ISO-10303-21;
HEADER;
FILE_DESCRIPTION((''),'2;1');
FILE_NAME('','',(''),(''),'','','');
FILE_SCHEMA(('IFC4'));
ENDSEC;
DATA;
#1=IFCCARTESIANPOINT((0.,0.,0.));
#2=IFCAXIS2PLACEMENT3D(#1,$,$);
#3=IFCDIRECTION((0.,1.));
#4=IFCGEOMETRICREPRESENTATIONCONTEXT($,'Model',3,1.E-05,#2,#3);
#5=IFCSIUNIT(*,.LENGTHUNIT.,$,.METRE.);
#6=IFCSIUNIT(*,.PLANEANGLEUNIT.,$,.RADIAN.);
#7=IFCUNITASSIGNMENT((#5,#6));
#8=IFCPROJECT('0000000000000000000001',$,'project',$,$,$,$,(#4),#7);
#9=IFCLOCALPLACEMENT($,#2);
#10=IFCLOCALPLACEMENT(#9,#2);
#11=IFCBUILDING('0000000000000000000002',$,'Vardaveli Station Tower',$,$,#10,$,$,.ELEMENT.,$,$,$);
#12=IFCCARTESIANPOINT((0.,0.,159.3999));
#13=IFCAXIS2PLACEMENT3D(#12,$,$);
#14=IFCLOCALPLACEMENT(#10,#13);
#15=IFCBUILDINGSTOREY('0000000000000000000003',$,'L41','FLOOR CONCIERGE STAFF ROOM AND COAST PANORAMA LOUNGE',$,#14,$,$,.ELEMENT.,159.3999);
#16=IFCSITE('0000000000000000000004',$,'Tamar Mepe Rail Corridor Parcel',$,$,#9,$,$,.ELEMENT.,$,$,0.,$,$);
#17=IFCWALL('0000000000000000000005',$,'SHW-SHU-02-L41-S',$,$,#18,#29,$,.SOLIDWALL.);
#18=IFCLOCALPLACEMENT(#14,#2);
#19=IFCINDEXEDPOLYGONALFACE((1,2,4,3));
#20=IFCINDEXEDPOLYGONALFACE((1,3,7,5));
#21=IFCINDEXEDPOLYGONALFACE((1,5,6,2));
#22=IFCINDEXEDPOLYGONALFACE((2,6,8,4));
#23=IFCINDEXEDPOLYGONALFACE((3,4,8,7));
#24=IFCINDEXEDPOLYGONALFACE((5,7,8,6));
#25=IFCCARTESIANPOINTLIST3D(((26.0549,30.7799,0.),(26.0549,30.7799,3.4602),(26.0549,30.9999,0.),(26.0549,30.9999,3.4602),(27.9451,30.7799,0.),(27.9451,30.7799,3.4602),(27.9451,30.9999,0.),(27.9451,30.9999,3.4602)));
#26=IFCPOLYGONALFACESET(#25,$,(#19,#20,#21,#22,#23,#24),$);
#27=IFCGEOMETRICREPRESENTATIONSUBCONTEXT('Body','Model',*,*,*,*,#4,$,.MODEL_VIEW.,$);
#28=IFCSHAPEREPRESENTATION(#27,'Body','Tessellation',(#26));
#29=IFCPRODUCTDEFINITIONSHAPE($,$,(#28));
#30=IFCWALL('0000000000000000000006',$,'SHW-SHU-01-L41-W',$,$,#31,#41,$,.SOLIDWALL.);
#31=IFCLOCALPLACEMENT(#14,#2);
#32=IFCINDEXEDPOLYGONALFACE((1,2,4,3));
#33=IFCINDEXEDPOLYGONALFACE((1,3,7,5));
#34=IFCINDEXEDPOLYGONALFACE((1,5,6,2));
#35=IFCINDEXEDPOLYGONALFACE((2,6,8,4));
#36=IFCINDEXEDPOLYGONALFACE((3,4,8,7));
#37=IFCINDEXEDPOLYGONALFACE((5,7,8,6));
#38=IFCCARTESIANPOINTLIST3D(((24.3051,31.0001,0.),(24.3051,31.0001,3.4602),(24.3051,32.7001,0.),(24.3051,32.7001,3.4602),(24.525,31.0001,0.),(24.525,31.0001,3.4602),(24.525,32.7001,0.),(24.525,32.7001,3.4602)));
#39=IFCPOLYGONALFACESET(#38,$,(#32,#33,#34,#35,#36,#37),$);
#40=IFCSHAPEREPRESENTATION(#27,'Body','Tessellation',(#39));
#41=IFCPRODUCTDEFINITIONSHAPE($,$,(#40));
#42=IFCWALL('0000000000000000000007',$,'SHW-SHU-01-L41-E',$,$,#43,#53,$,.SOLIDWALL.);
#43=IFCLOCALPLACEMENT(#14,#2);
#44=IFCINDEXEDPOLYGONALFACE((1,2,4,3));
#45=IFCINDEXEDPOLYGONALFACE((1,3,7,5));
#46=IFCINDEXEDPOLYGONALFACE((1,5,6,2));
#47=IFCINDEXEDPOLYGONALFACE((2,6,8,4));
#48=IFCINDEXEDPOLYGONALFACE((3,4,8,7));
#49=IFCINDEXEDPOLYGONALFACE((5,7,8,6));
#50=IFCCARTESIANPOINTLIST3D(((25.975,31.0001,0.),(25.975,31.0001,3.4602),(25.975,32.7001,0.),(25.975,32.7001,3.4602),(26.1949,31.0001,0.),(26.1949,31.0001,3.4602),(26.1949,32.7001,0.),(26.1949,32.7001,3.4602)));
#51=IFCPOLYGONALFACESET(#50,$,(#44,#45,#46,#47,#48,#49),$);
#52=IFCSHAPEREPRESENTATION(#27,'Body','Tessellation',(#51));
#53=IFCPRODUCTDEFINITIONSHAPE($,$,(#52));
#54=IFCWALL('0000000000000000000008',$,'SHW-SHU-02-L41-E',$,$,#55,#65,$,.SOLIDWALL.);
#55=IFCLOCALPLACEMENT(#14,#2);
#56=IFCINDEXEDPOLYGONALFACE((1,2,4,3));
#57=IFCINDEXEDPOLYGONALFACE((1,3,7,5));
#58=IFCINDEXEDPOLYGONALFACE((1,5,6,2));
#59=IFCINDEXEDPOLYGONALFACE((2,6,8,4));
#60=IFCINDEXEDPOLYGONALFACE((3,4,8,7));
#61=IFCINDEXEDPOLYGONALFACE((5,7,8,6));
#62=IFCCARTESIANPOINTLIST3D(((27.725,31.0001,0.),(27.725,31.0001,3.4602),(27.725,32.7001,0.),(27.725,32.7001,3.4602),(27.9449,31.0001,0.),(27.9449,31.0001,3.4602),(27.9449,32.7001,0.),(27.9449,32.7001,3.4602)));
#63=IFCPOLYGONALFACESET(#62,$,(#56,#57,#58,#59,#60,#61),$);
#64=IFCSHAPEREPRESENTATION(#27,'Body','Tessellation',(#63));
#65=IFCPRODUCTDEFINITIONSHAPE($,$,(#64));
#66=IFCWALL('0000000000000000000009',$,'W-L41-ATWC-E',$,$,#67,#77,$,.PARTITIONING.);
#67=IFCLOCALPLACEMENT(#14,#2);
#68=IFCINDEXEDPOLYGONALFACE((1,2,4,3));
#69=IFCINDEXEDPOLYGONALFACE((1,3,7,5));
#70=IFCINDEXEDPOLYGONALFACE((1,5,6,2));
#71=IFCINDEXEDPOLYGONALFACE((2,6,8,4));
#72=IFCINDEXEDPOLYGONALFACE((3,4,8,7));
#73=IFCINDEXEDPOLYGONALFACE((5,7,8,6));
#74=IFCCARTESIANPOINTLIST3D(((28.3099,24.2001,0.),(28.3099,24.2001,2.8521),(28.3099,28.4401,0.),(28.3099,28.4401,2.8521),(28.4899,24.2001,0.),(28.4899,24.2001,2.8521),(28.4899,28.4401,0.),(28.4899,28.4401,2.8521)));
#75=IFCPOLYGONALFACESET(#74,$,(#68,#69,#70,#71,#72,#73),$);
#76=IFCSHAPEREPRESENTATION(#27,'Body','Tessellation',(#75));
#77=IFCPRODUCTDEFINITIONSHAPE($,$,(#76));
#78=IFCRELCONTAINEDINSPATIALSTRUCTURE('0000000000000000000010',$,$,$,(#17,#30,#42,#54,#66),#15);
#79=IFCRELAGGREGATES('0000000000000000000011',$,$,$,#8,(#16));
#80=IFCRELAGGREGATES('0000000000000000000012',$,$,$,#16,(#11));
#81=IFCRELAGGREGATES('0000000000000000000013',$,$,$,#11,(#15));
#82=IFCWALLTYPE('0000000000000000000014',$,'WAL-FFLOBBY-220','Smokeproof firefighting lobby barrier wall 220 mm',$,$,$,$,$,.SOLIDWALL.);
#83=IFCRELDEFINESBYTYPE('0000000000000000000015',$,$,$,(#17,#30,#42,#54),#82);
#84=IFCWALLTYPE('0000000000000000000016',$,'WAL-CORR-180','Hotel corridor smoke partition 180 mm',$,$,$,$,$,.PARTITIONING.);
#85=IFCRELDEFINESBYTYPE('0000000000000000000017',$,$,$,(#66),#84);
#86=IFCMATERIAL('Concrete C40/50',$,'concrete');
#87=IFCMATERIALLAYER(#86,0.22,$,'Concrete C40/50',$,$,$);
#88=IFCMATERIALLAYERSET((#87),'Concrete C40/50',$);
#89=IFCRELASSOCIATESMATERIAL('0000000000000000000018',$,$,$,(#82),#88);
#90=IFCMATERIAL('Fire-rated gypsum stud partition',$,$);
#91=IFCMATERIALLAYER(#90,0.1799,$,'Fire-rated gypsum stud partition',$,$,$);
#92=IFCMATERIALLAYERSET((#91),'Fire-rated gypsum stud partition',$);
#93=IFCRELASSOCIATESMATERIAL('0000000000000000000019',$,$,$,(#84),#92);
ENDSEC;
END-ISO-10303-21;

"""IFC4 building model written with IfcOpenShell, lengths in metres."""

from ifc_helpers import new_model, si_unit, direction, frame, frame_2d, origin, place, context, subcontext, project, spatial, rectangle, extrude, source, transform, mapped, material, layer, layer_set, type_object, element, save


model = new_model("IFC4")

# Units and contexts
model_context = context("Model", 3, precision=1e-05, world=origin(), true_north=direction((0.0, 1.0)))
body_context = subcontext(model_context, "Body", "Model", "MODEL_VIEW")
ifc_project = project(units=[si_unit("LENGTHUNIT", "METRE"), si_unit("PLANEANGLEUNIT", "RADIAN")], contexts=[model_context])

# Site, building, storey
site_placement = place(None, origin())
site = spatial("IfcSite", under=ifc_project, at=site_placement, Name="Tamar Mepe Rail Corridor Parcel", CompositionType="ELEMENT", RefElevation=0.0)
building_placement = place(site_placement, origin())
building = spatial("IfcBuilding", under=site, at=building_placement, Name="Vardaveli Station Tower", CompositionType="ELEMENT")
storey_placement = place(building_placement, frame((0.0, 0.0, 159.3999)))
storey = spatial("IfcBuildingStorey", under=building, at=storey_placement, Name="L41", Description="FLOOR CONCIERGE STAFF ROOM AND COAST PANORAMA LOUNGE", CompositionType="ELEMENT", Elevation=159.3999)

# Shared definitions
ifc_material_1 = material(Name="Concrete C40/50", Category="concrete")

# Walls
ifc_layer_1 = layer(ifc_material_1, 0.22, Name="Concrete C40/50")
ifc_layer_set_1 = layer_set([ifc_layer_1], Name="Concrete C40/50")
wall_type_1 = type_object("IfcWallType", Name="WAL-FFLOBBY-220", Description="Smokeproof firefighting lobby barrier wall 220 mm", PredefinedType="SOLIDWALL", material=ifc_layer_set_1)
shared_shape_1 = source(origin(), body_context, "Body", "SweptSolid", [
    extrude(rectangle(XDim=1.8901, YDim=0.22, at=frame_2d((0.9451, 0.0))), origin(), (0.0, 0.0, 1.0), 3.4602),
])
for number, where, z_axis, x_axis, name in (
    (1, (26.0549, 30.8899, 0.0), (0.0, 0.0, 1.0), (1.0, 0.0, 0.0), "SHW-SHU-02-L41-S"),
):
    element("IfcWall", number, at=place(storey_placement, frame(where, z_axis=z_axis, x_axis=x_axis)), inside=storey, type_object=wall_type_1, Name=name, PredefinedType="SOLIDWALL", context=body_context, shape_type="MappedRepresentation", body=[
        mapped(shared_shape_1, transform((0.0, 0.0, 0.0), scale=1.0)),
    ])
shared_shape_2 = source(origin(), body_context, "Body", "SweptSolid", [
    extrude(rectangle(XDim=1.7, YDim=0.22, at=frame_2d((0.8501, 0.0))), origin(), (0.0, 0.0, 1.0), 3.4602),
])
for number, where, z_axis, x_axis, name in (
    (2, (24.415, 31.0, 0.0), (0.0, 0.0, 1.0), (0.0, 1.0, 0.0), "SHW-SHU-01-L41-W"),
    (3, (26.085, 31.0, 0.0), (0.0, 0.0, 1.0), (0.0, 1.0, 0.0), "SHW-SHU-01-L41-E"),
    (4, (27.835, 31.0, 0.0), (0.0, 0.0, 1.0), (0.0, 1.0, 0.0), "SHW-SHU-02-L41-E"),
):
    element("IfcWall", number, at=place(storey_placement, frame(where, z_axis=z_axis, x_axis=x_axis)), inside=storey, type_object=wall_type_1, Name=name, PredefinedType="SOLIDWALL", context=body_context, shape_type="MappedRepresentation", body=[
        mapped(shared_shape_2, transform((0.0, 0.0, 0.0), scale=1.0)),
    ])
ifc_material_2 = material(Name="Fire-rated gypsum stud partition")
ifc_layer_2 = layer(ifc_material_2, 0.1799, Name="Fire-rated gypsum stud partition")
ifc_layer_set_2 = layer_set([ifc_layer_2], Name="Fire-rated gypsum stud partition")
wall_type_2 = type_object("IfcWallType", Name="WAL-CORR-180", Description="Hotel corridor smoke partition 180 mm", PredefinedType="PARTITIONING", material=ifc_layer_set_2)
shared_shape_3 = source(origin(), body_context, "Body", "SweptSolid", [
    extrude(rectangle(XDim=4.24, YDim=0.1799, at=frame_2d((2.1201, 0.0))), origin(), (0.0, 0.0, 1.0), 2.8521),
])
wall_1_placement = place(storey_placement, frame((28.3999, 24.2, 0.0), z_axis=(0.0, 0.0, 1.0), x_axis=(0.0, 1.0, 0.0)))
element("IfcWall", 5, at=wall_1_placement, inside=storey, type_object=wall_type_2, Name="W-L41-ATWC-E", PredefinedType="PARTITIONING", context=body_context, shape_type="MappedRepresentation", body=[
    mapped(shared_shape_3, transform((0.0, 0.0, 0.0), scale=1.0)),
])

save(model, "model.ifc")
